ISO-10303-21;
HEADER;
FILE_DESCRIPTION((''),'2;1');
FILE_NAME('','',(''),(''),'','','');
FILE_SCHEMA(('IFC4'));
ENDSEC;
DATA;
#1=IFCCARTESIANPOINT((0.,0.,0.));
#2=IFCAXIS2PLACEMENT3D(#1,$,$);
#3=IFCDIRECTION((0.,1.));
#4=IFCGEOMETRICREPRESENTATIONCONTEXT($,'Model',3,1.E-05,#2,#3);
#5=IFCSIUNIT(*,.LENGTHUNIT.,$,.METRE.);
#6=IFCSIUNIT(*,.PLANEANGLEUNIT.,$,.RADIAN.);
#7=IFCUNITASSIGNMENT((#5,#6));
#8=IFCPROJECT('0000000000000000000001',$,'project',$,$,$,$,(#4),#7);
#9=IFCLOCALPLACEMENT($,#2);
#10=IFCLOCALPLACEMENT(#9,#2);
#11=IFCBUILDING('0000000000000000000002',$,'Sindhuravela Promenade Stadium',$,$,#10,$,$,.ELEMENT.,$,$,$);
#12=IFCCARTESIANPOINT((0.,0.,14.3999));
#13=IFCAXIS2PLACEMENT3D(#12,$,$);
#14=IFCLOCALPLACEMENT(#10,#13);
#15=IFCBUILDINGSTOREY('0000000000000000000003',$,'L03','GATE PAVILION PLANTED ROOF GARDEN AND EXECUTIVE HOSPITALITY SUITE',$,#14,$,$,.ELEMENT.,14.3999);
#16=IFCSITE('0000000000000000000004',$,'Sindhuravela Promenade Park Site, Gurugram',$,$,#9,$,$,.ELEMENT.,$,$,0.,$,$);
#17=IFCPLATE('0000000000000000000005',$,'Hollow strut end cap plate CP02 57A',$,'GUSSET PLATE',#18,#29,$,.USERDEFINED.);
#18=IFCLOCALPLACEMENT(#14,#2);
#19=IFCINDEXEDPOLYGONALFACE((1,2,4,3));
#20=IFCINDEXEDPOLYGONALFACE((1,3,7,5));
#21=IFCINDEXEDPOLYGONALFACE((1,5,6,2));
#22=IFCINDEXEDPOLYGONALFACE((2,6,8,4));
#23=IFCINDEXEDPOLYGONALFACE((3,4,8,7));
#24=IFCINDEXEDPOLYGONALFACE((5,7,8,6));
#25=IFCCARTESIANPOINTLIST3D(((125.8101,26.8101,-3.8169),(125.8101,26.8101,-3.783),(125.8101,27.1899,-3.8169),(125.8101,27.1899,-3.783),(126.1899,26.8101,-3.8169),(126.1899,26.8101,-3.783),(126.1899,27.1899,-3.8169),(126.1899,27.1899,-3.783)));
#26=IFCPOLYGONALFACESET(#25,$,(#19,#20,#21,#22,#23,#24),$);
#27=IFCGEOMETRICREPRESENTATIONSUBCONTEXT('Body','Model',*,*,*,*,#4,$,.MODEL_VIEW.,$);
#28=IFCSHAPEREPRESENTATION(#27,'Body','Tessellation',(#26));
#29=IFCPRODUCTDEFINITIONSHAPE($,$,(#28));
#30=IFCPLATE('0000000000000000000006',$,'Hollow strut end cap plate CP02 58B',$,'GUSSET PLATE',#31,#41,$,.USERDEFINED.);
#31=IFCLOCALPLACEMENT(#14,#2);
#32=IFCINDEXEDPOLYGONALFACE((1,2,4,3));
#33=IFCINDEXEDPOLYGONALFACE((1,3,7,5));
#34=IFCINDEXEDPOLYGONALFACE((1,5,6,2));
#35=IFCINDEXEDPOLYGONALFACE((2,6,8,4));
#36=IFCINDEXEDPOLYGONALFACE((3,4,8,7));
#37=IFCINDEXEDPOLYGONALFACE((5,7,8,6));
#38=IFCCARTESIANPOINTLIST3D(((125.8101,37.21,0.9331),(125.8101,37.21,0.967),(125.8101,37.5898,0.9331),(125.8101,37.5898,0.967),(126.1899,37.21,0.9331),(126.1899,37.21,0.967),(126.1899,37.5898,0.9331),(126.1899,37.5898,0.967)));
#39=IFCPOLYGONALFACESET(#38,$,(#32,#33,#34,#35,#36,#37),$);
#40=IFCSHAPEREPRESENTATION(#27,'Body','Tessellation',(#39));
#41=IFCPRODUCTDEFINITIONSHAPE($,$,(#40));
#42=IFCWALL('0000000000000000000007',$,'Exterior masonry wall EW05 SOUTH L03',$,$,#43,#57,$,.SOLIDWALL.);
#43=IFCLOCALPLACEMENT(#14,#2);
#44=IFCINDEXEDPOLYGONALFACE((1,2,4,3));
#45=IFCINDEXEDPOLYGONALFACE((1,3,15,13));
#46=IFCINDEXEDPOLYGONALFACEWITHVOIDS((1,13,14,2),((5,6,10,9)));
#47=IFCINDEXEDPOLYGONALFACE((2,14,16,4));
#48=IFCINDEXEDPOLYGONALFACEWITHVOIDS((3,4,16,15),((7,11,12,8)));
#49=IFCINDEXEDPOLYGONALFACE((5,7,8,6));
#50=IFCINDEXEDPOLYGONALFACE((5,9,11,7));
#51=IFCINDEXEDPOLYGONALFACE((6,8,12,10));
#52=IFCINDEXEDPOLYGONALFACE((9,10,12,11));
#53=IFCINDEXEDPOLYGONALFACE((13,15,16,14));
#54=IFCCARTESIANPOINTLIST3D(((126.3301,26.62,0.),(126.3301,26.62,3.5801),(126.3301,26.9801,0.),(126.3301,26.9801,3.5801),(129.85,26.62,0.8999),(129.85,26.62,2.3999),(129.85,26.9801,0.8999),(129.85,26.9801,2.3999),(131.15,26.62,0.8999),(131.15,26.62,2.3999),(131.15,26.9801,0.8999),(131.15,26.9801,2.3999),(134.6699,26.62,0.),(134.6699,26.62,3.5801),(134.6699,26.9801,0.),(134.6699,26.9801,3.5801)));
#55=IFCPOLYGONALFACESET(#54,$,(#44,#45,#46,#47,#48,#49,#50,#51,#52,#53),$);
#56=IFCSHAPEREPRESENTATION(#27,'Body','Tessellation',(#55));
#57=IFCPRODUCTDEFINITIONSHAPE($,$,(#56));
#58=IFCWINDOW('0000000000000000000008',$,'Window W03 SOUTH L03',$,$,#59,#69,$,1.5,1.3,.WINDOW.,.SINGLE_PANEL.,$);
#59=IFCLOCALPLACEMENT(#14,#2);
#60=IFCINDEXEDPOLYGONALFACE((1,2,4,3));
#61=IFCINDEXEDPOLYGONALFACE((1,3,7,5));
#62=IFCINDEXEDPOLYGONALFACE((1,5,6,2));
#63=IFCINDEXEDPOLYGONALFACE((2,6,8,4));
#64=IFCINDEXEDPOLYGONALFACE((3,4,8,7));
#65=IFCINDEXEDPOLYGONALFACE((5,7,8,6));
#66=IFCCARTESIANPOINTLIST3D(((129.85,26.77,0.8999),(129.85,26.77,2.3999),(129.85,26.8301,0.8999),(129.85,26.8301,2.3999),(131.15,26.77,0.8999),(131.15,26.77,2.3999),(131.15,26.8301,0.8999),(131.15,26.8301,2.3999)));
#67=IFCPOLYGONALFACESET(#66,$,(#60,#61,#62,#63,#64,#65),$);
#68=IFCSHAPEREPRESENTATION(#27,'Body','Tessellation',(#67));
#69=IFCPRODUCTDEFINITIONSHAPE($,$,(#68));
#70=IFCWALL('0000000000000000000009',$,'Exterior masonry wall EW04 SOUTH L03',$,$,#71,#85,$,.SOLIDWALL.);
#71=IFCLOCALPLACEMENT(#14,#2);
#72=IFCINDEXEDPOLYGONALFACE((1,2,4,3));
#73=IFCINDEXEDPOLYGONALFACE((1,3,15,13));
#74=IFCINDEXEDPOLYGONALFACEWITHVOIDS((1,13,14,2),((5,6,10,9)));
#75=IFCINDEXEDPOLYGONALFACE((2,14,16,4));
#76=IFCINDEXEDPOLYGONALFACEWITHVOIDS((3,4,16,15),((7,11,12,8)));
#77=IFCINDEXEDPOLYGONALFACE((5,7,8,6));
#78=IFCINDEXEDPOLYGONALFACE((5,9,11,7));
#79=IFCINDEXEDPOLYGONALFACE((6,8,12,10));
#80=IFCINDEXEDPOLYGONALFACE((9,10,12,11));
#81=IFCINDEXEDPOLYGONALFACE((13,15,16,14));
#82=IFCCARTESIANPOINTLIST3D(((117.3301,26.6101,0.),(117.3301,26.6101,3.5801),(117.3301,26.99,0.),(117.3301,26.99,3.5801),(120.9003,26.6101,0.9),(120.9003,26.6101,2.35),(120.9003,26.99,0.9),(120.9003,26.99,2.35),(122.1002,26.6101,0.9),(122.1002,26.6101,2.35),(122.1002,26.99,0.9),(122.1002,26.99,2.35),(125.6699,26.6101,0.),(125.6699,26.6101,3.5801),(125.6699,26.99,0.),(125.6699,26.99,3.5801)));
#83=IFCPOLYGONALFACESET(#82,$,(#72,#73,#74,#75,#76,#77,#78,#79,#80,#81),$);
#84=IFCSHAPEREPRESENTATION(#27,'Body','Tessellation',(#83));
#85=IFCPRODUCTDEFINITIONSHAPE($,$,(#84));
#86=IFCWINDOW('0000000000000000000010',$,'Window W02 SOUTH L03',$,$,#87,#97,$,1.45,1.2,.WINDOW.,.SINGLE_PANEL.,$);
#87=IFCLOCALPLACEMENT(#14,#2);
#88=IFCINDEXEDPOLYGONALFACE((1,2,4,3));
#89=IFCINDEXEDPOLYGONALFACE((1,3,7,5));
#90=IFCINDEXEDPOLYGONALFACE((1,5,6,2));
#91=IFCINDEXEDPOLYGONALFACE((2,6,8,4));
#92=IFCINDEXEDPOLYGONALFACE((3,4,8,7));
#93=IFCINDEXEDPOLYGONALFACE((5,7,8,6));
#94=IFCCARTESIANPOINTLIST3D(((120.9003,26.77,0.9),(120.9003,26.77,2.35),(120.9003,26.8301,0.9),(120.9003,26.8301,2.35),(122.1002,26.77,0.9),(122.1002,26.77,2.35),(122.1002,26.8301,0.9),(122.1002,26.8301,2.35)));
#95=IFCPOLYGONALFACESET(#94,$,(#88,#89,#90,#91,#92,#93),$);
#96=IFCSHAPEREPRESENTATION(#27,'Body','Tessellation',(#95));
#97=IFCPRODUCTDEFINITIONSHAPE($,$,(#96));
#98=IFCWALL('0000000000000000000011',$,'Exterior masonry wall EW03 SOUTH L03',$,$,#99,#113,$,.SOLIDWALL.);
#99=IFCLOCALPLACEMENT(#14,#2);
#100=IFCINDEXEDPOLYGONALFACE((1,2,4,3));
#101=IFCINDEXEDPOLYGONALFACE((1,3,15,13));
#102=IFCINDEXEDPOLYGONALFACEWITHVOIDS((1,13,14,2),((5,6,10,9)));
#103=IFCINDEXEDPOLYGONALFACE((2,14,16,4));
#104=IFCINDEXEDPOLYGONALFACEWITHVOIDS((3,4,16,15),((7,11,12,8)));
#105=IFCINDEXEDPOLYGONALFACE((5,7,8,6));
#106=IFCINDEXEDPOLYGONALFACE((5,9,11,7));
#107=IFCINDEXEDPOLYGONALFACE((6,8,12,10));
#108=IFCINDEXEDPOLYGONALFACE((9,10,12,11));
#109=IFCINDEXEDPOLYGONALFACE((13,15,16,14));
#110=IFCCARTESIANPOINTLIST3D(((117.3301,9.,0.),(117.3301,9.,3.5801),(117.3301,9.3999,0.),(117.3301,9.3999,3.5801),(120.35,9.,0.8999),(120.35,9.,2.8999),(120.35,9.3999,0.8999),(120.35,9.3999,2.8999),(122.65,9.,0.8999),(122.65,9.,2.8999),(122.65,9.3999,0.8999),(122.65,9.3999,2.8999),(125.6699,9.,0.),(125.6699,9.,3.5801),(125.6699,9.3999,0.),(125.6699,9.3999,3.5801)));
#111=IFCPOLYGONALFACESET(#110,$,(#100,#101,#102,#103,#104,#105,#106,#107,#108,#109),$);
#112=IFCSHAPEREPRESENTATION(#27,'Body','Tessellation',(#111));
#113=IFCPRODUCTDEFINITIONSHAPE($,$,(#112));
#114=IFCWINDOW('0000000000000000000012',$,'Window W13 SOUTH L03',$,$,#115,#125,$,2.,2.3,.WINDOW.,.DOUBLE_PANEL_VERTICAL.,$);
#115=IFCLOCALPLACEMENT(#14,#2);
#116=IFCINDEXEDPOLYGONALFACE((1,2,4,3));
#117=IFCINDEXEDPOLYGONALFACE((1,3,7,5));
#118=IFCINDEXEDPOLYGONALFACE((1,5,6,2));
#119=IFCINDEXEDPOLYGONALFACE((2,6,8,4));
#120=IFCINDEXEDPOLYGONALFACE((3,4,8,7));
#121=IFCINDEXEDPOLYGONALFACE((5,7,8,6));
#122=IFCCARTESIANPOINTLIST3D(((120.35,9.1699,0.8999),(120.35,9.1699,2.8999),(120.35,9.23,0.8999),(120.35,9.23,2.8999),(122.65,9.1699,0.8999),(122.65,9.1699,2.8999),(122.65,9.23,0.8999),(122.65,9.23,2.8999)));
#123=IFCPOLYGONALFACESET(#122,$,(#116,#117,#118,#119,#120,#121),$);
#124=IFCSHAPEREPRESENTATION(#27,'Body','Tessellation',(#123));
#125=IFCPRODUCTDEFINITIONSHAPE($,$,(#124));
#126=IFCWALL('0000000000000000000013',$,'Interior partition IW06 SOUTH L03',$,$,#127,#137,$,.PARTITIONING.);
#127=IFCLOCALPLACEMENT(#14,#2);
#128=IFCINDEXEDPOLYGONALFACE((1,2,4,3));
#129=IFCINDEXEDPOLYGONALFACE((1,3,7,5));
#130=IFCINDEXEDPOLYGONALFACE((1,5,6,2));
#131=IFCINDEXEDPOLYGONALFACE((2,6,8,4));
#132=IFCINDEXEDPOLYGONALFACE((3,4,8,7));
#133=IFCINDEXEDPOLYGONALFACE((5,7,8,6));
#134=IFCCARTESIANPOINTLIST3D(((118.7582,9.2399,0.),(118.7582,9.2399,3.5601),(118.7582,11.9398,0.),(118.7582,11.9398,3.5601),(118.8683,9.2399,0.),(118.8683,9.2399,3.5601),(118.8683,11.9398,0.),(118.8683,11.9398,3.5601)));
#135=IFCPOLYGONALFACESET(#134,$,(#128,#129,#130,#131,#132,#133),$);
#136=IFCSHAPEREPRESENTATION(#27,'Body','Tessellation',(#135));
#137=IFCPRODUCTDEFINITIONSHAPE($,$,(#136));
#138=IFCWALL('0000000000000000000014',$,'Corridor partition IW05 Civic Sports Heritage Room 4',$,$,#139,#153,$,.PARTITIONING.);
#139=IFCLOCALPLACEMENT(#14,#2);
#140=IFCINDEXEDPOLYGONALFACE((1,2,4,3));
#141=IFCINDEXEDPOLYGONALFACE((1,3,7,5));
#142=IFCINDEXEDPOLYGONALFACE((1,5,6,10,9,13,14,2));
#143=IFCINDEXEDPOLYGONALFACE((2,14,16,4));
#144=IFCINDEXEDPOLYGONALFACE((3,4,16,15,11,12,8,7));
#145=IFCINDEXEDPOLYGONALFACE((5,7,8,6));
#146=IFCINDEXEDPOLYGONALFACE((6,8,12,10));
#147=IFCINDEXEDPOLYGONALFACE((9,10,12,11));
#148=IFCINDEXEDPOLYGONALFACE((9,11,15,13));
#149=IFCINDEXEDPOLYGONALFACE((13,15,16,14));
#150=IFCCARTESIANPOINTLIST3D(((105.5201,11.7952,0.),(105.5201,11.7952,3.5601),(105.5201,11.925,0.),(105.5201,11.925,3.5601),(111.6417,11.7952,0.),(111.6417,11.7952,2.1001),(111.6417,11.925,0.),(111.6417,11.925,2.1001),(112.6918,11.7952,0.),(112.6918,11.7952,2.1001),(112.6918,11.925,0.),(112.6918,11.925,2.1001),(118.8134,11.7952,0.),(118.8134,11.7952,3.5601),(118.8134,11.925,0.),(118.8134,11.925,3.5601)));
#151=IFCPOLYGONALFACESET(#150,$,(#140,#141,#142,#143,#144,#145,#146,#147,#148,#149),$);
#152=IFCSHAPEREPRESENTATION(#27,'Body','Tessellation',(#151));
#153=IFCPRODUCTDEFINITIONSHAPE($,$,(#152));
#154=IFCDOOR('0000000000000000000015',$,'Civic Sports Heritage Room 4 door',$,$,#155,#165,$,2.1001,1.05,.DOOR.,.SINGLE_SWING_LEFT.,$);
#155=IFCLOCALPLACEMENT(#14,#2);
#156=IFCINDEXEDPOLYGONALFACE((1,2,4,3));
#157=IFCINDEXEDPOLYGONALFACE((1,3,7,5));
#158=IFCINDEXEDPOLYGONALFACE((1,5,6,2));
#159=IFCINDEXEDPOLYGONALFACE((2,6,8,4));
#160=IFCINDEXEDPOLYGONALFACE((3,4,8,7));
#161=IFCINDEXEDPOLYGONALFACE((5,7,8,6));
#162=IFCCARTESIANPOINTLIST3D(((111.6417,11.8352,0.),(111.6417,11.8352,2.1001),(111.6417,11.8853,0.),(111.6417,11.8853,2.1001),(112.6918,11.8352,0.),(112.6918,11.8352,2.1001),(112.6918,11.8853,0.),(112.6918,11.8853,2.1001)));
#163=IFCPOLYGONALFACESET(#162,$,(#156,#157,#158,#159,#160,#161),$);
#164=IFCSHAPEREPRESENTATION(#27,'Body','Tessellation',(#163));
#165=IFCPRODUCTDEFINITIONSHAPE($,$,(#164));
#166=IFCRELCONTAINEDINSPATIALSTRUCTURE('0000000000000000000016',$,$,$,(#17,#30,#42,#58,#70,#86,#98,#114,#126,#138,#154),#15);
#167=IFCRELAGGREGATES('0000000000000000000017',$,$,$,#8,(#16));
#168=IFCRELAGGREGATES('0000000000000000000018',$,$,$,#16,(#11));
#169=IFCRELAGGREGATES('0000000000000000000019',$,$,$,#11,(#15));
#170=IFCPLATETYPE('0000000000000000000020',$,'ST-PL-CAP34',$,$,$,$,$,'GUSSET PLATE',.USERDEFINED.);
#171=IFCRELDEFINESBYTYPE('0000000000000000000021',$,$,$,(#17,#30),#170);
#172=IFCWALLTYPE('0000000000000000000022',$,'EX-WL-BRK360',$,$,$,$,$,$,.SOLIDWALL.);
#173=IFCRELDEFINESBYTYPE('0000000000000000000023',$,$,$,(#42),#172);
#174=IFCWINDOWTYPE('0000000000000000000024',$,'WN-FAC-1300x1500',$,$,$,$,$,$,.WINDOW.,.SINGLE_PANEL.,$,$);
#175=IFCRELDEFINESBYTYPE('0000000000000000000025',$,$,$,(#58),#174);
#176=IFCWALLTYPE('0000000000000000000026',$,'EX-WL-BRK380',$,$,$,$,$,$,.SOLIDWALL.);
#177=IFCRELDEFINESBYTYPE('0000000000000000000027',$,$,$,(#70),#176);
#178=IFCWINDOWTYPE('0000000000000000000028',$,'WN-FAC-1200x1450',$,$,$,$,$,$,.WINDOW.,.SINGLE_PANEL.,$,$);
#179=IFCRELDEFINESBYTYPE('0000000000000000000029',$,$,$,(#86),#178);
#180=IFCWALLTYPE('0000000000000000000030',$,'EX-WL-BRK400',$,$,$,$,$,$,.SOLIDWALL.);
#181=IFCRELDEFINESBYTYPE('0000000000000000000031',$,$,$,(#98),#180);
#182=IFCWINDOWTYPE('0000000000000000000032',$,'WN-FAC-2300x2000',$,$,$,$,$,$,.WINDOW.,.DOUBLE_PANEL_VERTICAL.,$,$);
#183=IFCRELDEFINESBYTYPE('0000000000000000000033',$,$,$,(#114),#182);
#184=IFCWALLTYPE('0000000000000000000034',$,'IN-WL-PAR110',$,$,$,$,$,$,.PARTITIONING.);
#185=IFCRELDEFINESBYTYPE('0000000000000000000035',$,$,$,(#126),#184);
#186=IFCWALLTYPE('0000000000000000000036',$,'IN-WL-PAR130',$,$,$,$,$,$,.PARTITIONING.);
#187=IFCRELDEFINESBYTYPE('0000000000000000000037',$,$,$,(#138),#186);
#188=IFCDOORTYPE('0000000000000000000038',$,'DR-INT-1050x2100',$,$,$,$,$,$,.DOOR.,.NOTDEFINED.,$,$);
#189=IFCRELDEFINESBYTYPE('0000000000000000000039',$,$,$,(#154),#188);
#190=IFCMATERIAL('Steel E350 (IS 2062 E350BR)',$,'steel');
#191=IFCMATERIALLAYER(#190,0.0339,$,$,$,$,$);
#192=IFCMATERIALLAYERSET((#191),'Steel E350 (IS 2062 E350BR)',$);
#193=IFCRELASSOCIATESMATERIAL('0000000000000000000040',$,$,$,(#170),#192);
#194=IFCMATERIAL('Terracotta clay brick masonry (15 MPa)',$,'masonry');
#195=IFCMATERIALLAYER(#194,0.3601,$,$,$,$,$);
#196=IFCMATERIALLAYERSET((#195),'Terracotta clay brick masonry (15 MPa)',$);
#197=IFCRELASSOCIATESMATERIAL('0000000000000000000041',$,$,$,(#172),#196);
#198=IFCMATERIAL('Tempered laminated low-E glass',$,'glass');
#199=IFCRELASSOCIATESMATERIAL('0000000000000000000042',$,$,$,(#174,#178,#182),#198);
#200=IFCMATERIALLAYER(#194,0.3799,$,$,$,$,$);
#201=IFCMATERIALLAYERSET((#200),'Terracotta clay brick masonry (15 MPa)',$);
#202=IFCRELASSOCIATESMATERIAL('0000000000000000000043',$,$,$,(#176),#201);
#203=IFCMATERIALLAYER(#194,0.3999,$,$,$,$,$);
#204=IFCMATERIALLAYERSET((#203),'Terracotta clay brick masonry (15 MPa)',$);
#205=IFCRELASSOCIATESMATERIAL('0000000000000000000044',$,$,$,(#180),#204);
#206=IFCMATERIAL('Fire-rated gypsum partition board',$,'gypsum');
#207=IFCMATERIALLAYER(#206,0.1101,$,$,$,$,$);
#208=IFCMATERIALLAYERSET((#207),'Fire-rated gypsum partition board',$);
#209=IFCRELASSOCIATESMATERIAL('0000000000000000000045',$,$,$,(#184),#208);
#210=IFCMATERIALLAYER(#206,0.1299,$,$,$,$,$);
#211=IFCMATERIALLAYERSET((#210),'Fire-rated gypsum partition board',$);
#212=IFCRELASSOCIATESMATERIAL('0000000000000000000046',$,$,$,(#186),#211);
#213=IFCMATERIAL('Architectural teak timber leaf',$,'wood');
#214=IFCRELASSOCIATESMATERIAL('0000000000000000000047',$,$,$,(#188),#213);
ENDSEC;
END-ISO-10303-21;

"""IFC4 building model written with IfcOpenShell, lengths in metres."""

from ifc_helpers import new_model, si_unit, direction, frame, frame_2d, origin, origin_2d, place, context, subcontext, project, spatial, rectangle, extrude, material, layer, layer_set, type_object, element, fill, save


model = new_model("IFC4")

# Units and contexts
model_context = context("Model", 3, precision=1e-05, world=origin(), true_north=direction((0.0, 1.0)))
body_context = subcontext(model_context, "Body", "Model", "MODEL_VIEW")
ifc_project = project(units=[si_unit("LENGTHUNIT", "METRE"), si_unit("PLANEANGLEUNIT", "RADIAN")], contexts=[model_context])

# Site, building, storey
site_placement = place(None, origin())
site = spatial("IfcSite", under=ifc_project, at=site_placement, Name="Sindhuravela Promenade Park Site, Gurugram", CompositionType="ELEMENT", RefElevation=0.0)
building_placement = place(site_placement, origin())
building = spatial("IfcBuilding", under=site, at=building_placement, Name="Sindhuravela Promenade Stadium", CompositionType="ELEMENT")
storey_placement = place(building_placement, frame((0.0, 0.0, 14.3999)))
storey = spatial("IfcBuildingStorey", under=building, at=storey_placement, Name="L03", Description="GATE PAVILION PLANTED ROOF GARDEN AND EXECUTIVE HOSPITALITY SUITE", CompositionType="ELEMENT", Elevation=14.3999)

# Shared definitions
ifc_material_1 = material(Name="Steel E350 (IS 2062 E350BR)", Category="steel")

# Plates
ifc_layer_1 = layer(ifc_material_1, 0.0339)
ifc_layer_set_1 = layer_set([ifc_layer_1], Name="Steel E350 (IS 2062 E350BR)")
plate_type = type_object("IfcPlateType", Name="ST-PL-CAP34", ElementType="GUSSET PLATE", PredefinedType="USERDEFINED", material=ifc_layer_set_1)
for number, where, z_axis, x_axis, name in (
    (1, (126.0, 27.0, -3.8169), (0.0, 0.0, 1.0), (1.0, 0.0, 0.0), "Hollow strut end cap plate CP02 57A"),
    (2, (126.0, 37.3999, 0.9331), (0.0, 0.0, 1.0), (1.0, 0.0, 0.0), "Hollow strut end cap plate CP02 58B"),
):
    element("IfcPlate", number, at=place(storey_placement, frame(where, z_axis=z_axis, x_axis=x_axis)), inside=storey, type_object=plate_type, Name=name, ObjectType="GUSSET PLATE", PredefinedType="USERDEFINED", context=body_context, shape_type="SweptSolid", body=[
        extrude(rectangle(XDim=0.3799, YDim=0.3799, at=origin_2d()), origin(), (0.0, 0.0, 1.0), 0.0339),
    ])

# Walls, openings, windows
ifc_material_2 = material(Name="Terracotta clay brick masonry (15 MPa)", Category="masonry")
ifc_layer_2 = layer(ifc_material_2, 0.3601)
ifc_layer_set_2 = layer_set([ifc_layer_2], Name="Terracotta clay brick masonry (15 MPa)")
wall_type_1 = type_object("IfcWallType", Name="EX-WL-BRK360", PredefinedType="SOLIDWALL", material=ifc_layer_set_2)
wall_1_placement = place(storey_placement, frame((126.3301, 26.8, 0.0), z_axis=(0.0, 0.0, 1.0), x_axis=(1.0, 0.0, 0.0)))
wall_1 = element("IfcWall", 3, at=wall_1_placement, inside=storey, type_object=wall_type_1, Name="Exterior masonry wall EW05 SOUTH L03", PredefinedType="SOLIDWALL", context=body_context, shape_type="SweptSolid", body=[
    extrude(rectangle(XDim=8.3398, YDim=0.3601, at=frame_2d((4.1699, 0.0))), origin(), (0.0, 0.0, 1.0), 3.5801),
])
opening_1_placement = place(wall_1_placement, frame((3.52, 0.0, 0.8999)))
opening_1 = element("IfcOpeningElement", 4, at=opening_1_placement, cuts=wall_1, PredefinedType="OPENING", context=body_context, shape_type="SweptSolid", body=[
    extrude(rectangle(XDim=1.3, YDim=1.5, at=frame_2d((0.6499, 0.75))), frame((0.0, 0.1899, 0.0), z_axis=(0.0, -1.0, 0.0), x_axis=(1.0, 0.0, 0.0)), (0.0, 0.0, 1.0), 0.3801),
])
ifc_material_3 = material(Name="Tempered laminated low-E glass", Category="glass")
window_type_1 = type_object("IfcWindowType", Name="WN-FAC-1300x1500", PartitioningType="SINGLE_PANEL", PredefinedType="WINDOW", material=ifc_material_3)
window_1_placement = place(opening_1_placement, origin())
window_1 = element("IfcWindow", 5, at=window_1_placement, inside=storey, type_object=window_type_1, Name="Window W03 SOUTH L03", OverallHeight=1.5, OverallWidth=1.3, PartitioningType="SINGLE_PANEL", PredefinedType="WINDOW", context=body_context, shape_type="SweptSolid", body=[
    extrude(rectangle(XDim=1.3, YDim=1.5, at=frame_2d((0.6499, 0.75))), frame((0.0, 0.03, 0.0), z_axis=(0.0, -1.0, 0.0), x_axis=(1.0, 0.0, 0.0)), (0.0, 0.0, 1.0), 0.0601),
])
fill(opening_1, window_1)
ifc_layer_3 = layer(ifc_material_2, 0.3799)
ifc_layer_set_3 = layer_set([ifc_layer_3], Name="Terracotta clay brick masonry (15 MPa)")
wall_type_2 = type_object("IfcWallType", Name="EX-WL-BRK380", PredefinedType="SOLIDWALL", material=ifc_layer_set_3)
wall_2_placement = place(storey_placement, frame((117.3301, 26.8, 0.0), z_axis=(0.0, 0.0, 1.0), x_axis=(1.0, 0.0, 0.0)))
wall_2 = element("IfcWall", 6, at=wall_2_placement, inside=storey, type_object=wall_type_2, Name="Exterior masonry wall EW04 SOUTH L03", PredefinedType="SOLIDWALL", context=body_context, shape_type="SweptSolid", body=[
    extrude(rectangle(XDim=8.3398, YDim=0.3799, at=frame_2d((4.1699, 0.0))), origin(), (0.0, 0.0, 1.0), 3.5801),
])
opening_2_placement = place(wall_2_placement, frame((3.5701, 0.0, 0.8999)))
opening_2 = element("IfcOpeningElement", 7, at=opening_2_placement, cuts=wall_2, PredefinedType="OPENING", context=body_context, shape_type="SweptSolid", body=[
    extrude(rectangle(XDim=1.2, YDim=1.45, at=frame_2d((0.6001, 0.7251))), frame((0.0, 0.2, 0.0), z_axis=(0.0, -1.0, 0.0), x_axis=(1.0, 0.0, 0.0)), (0.0, 0.0, 1.0), 0.3999),
])
window_type_2 = type_object("IfcWindowType", Name="WN-FAC-1200x1450", PartitioningType="SINGLE_PANEL", PredefinedType="WINDOW", material=ifc_material_3)
window_2_placement = place(opening_2_placement, origin())
window_2 = element("IfcWindow", 8, at=window_2_placement, inside=storey, type_object=window_type_2, Name="Window W02 SOUTH L03", OverallHeight=1.45, OverallWidth=1.2, PartitioningType="SINGLE_PANEL", PredefinedType="WINDOW", context=body_context, shape_type="SweptSolid", body=[
    extrude(rectangle(XDim=1.2, YDim=1.45, at=frame_2d((0.6001, 0.7251))), frame((0.0, 0.03, 0.0), z_axis=(0.0, -1.0, 0.0), x_axis=(1.0, 0.0, 0.0)), (0.0, 0.0, 1.0), 0.0601),
])
fill(opening_2, window_2)
ifc_layer_4 = layer(ifc_material_2, 0.3999)
ifc_layer_set_4 = layer_set([ifc_layer_4], Name="Terracotta clay brick masonry (15 MPa)")
wall_type_3 = type_object("IfcWallType", Name="EX-WL-BRK400", PredefinedType="SOLIDWALL", material=ifc_layer_set_4)
wall_3_placement = place(storey_placement, frame((125.6699, 9.2, 0.0), z_axis=(0.0, 0.0, 1.0), x_axis=(-1.0, 0.0, 0.0)))
wall_3 = element("IfcWall", 9, at=wall_3_placement, inside=storey, type_object=wall_type_3, Name="Exterior masonry wall EW03 SOUTH L03", PredefinedType="SOLIDWALL", context=body_context, shape_type="SweptSolid", body=[
    extrude(rectangle(XDim=8.3398, YDim=0.3999, at=frame_2d((4.1699, 0.0))), origin(), (0.0, 0.0, 1.0), 3.5801),
])
opening_3_placement = place(wall_3_placement, frame((3.02, 0.0, 0.8999)))
opening_3 = element("IfcOpeningElement", 10, at=opening_3_placement, cuts=wall_3, PredefinedType="OPENING", context=body_context, shape_type="SweptSolid", body=[
    extrude(rectangle(XDim=2.3, YDim=2.0, at=frame_2d((1.1499, 1.0))), frame((0.0, 0.21, 0.0), z_axis=(0.0, -1.0, 0.0), x_axis=(1.0, 0.0, 0.0)), (0.0, 0.0, 1.0), 0.4199),
])
window_type_3 = type_object("IfcWindowType", Name="WN-FAC-2300x2000", PartitioningType="DOUBLE_PANEL_VERTICAL", PredefinedType="WINDOW", material=ifc_material_3)
window_3_placement = place(opening_3_placement, origin())
window_3 = element("IfcWindow", 11, at=window_3_placement, inside=storey, type_object=window_type_3, Name="Window W13 SOUTH L03", OverallHeight=2.0, OverallWidth=2.3, PartitioningType="DOUBLE_PANEL_VERTICAL", PredefinedType="WINDOW", context=body_context, shape_type="SweptSolid", body=[
    extrude(rectangle(XDim=2.3, YDim=2.0, at=frame_2d((1.1499, 1.0))), frame((0.0, 0.03, 0.0), z_axis=(0.0, -1.0, 0.0), x_axis=(1.0, 0.0, 0.0)), (0.0, 0.0, 1.0), 0.0601),
])
fill(opening_3, window_3)

# Wall
ifc_material_4 = material(Name="Fire-rated gypsum partition board", Category="gypsum")
ifc_layer_5 = layer(ifc_material_4, 0.1101)
ifc_layer_set_5 = layer_set([ifc_layer_5], Name="Fire-rated gypsum partition board")
wall_type_4 = type_object("IfcWallType", Name="IN-WL-PAR110", PredefinedType="PARTITIONING", material=ifc_layer_set_5)
wall_4_placement = place(storey_placement, frame((118.8132, 11.9399, 0.0), z_axis=(0.0, 0.0, 1.0), x_axis=(0.0, -1.0, 0.0)))
element("IfcWall", 12, at=wall_4_placement, inside=storey, type_object=wall_type_4, Name="Interior partition IW06 SOUTH L03", PredefinedType="PARTITIONING", context=body_context, shape_type="SweptSolid", body=[
    extrude(rectangle(XDim=2.7, YDim=0.1101, at=frame_2d((1.3501, 0.0))), origin(), (0.0, 0.0, 1.0), 3.5601),
])

# Wall, opening, door
ifc_layer_6 = layer(ifc_material_4, 0.1299)
ifc_layer_set_6 = layer_set([ifc_layer_6], Name="Fire-rated gypsum partition board")
wall_type_5 = type_object("IfcWallType", Name="IN-WL-PAR130", PredefinedType="PARTITIONING", material=ifc_layer_set_6)
wall_5_placement = place(storey_placement, frame((118.8132, 11.8601, 0.0), z_axis=(0.0, 0.0, 1.0), x_axis=(-1.0, 0.0, 0.0)))
wall_5 = element("IfcWall", 13, at=wall_5_placement, inside=storey, type_object=wall_type_5, Name="Corridor partition IW05 Civic Sports Heritage Room 4", PredefinedType="PARTITIONING", context=body_context, shape_type="SweptSolid", body=[
    extrude(rectangle(XDim=13.2932, YDim=0.1299, at=frame_2d((6.6465, 0.0))), origin(), (0.0, 0.0, 1.0), 3.5601),
])
opening_4_placement = place(wall_5_placement, frame((6.1216, 0.0, 0.0)))
opening_4 = element("IfcOpeningElement", 14, at=opening_4_placement, cuts=wall_5, PredefinedType="OPENING", context=body_context, shape_type="SweptSolid", body=[
    extrude(rectangle(XDim=1.05, YDim=2.1001, at=frame_2d((0.5249, 1.05))), frame((0.0, 0.075, 0.0), z_axis=(0.0, -1.0, 0.0), x_axis=(1.0, 0.0, 0.0)), (0.0, 0.0, 1.0), 0.1499),
])
ifc_material_5 = material(Name="Architectural teak timber leaf", Category="wood")
door_type_1 = type_object("IfcDoorType", Name="DR-INT-1050x2100", OperationType="NOTDEFINED", PredefinedType="DOOR", material=ifc_material_5)
door_1_placement = place(opening_4_placement, origin())
door_1 = element("IfcDoor", 15, at=door_1_placement, inside=storey, type_object=door_type_1, Name="Civic Sports Heritage Room 4 door", OperationType="SINGLE_SWING_LEFT", OverallHeight=2.1001, OverallWidth=1.05, PredefinedType="DOOR", context=body_context, shape_type="SweptSolid", body=[
    extrude(rectangle(XDim=1.05, YDim=2.1001, at=frame_2d((0.5249, 1.05))), frame((0.0, 0.0249, 0.0), z_axis=(0.0, -1.0, 0.0), x_axis=(1.0, 0.0, 0.0)), (0.0, 0.0, 1.0), 0.05),
])
fill(opening_4, door_1)

save(model, "model.ifc")
